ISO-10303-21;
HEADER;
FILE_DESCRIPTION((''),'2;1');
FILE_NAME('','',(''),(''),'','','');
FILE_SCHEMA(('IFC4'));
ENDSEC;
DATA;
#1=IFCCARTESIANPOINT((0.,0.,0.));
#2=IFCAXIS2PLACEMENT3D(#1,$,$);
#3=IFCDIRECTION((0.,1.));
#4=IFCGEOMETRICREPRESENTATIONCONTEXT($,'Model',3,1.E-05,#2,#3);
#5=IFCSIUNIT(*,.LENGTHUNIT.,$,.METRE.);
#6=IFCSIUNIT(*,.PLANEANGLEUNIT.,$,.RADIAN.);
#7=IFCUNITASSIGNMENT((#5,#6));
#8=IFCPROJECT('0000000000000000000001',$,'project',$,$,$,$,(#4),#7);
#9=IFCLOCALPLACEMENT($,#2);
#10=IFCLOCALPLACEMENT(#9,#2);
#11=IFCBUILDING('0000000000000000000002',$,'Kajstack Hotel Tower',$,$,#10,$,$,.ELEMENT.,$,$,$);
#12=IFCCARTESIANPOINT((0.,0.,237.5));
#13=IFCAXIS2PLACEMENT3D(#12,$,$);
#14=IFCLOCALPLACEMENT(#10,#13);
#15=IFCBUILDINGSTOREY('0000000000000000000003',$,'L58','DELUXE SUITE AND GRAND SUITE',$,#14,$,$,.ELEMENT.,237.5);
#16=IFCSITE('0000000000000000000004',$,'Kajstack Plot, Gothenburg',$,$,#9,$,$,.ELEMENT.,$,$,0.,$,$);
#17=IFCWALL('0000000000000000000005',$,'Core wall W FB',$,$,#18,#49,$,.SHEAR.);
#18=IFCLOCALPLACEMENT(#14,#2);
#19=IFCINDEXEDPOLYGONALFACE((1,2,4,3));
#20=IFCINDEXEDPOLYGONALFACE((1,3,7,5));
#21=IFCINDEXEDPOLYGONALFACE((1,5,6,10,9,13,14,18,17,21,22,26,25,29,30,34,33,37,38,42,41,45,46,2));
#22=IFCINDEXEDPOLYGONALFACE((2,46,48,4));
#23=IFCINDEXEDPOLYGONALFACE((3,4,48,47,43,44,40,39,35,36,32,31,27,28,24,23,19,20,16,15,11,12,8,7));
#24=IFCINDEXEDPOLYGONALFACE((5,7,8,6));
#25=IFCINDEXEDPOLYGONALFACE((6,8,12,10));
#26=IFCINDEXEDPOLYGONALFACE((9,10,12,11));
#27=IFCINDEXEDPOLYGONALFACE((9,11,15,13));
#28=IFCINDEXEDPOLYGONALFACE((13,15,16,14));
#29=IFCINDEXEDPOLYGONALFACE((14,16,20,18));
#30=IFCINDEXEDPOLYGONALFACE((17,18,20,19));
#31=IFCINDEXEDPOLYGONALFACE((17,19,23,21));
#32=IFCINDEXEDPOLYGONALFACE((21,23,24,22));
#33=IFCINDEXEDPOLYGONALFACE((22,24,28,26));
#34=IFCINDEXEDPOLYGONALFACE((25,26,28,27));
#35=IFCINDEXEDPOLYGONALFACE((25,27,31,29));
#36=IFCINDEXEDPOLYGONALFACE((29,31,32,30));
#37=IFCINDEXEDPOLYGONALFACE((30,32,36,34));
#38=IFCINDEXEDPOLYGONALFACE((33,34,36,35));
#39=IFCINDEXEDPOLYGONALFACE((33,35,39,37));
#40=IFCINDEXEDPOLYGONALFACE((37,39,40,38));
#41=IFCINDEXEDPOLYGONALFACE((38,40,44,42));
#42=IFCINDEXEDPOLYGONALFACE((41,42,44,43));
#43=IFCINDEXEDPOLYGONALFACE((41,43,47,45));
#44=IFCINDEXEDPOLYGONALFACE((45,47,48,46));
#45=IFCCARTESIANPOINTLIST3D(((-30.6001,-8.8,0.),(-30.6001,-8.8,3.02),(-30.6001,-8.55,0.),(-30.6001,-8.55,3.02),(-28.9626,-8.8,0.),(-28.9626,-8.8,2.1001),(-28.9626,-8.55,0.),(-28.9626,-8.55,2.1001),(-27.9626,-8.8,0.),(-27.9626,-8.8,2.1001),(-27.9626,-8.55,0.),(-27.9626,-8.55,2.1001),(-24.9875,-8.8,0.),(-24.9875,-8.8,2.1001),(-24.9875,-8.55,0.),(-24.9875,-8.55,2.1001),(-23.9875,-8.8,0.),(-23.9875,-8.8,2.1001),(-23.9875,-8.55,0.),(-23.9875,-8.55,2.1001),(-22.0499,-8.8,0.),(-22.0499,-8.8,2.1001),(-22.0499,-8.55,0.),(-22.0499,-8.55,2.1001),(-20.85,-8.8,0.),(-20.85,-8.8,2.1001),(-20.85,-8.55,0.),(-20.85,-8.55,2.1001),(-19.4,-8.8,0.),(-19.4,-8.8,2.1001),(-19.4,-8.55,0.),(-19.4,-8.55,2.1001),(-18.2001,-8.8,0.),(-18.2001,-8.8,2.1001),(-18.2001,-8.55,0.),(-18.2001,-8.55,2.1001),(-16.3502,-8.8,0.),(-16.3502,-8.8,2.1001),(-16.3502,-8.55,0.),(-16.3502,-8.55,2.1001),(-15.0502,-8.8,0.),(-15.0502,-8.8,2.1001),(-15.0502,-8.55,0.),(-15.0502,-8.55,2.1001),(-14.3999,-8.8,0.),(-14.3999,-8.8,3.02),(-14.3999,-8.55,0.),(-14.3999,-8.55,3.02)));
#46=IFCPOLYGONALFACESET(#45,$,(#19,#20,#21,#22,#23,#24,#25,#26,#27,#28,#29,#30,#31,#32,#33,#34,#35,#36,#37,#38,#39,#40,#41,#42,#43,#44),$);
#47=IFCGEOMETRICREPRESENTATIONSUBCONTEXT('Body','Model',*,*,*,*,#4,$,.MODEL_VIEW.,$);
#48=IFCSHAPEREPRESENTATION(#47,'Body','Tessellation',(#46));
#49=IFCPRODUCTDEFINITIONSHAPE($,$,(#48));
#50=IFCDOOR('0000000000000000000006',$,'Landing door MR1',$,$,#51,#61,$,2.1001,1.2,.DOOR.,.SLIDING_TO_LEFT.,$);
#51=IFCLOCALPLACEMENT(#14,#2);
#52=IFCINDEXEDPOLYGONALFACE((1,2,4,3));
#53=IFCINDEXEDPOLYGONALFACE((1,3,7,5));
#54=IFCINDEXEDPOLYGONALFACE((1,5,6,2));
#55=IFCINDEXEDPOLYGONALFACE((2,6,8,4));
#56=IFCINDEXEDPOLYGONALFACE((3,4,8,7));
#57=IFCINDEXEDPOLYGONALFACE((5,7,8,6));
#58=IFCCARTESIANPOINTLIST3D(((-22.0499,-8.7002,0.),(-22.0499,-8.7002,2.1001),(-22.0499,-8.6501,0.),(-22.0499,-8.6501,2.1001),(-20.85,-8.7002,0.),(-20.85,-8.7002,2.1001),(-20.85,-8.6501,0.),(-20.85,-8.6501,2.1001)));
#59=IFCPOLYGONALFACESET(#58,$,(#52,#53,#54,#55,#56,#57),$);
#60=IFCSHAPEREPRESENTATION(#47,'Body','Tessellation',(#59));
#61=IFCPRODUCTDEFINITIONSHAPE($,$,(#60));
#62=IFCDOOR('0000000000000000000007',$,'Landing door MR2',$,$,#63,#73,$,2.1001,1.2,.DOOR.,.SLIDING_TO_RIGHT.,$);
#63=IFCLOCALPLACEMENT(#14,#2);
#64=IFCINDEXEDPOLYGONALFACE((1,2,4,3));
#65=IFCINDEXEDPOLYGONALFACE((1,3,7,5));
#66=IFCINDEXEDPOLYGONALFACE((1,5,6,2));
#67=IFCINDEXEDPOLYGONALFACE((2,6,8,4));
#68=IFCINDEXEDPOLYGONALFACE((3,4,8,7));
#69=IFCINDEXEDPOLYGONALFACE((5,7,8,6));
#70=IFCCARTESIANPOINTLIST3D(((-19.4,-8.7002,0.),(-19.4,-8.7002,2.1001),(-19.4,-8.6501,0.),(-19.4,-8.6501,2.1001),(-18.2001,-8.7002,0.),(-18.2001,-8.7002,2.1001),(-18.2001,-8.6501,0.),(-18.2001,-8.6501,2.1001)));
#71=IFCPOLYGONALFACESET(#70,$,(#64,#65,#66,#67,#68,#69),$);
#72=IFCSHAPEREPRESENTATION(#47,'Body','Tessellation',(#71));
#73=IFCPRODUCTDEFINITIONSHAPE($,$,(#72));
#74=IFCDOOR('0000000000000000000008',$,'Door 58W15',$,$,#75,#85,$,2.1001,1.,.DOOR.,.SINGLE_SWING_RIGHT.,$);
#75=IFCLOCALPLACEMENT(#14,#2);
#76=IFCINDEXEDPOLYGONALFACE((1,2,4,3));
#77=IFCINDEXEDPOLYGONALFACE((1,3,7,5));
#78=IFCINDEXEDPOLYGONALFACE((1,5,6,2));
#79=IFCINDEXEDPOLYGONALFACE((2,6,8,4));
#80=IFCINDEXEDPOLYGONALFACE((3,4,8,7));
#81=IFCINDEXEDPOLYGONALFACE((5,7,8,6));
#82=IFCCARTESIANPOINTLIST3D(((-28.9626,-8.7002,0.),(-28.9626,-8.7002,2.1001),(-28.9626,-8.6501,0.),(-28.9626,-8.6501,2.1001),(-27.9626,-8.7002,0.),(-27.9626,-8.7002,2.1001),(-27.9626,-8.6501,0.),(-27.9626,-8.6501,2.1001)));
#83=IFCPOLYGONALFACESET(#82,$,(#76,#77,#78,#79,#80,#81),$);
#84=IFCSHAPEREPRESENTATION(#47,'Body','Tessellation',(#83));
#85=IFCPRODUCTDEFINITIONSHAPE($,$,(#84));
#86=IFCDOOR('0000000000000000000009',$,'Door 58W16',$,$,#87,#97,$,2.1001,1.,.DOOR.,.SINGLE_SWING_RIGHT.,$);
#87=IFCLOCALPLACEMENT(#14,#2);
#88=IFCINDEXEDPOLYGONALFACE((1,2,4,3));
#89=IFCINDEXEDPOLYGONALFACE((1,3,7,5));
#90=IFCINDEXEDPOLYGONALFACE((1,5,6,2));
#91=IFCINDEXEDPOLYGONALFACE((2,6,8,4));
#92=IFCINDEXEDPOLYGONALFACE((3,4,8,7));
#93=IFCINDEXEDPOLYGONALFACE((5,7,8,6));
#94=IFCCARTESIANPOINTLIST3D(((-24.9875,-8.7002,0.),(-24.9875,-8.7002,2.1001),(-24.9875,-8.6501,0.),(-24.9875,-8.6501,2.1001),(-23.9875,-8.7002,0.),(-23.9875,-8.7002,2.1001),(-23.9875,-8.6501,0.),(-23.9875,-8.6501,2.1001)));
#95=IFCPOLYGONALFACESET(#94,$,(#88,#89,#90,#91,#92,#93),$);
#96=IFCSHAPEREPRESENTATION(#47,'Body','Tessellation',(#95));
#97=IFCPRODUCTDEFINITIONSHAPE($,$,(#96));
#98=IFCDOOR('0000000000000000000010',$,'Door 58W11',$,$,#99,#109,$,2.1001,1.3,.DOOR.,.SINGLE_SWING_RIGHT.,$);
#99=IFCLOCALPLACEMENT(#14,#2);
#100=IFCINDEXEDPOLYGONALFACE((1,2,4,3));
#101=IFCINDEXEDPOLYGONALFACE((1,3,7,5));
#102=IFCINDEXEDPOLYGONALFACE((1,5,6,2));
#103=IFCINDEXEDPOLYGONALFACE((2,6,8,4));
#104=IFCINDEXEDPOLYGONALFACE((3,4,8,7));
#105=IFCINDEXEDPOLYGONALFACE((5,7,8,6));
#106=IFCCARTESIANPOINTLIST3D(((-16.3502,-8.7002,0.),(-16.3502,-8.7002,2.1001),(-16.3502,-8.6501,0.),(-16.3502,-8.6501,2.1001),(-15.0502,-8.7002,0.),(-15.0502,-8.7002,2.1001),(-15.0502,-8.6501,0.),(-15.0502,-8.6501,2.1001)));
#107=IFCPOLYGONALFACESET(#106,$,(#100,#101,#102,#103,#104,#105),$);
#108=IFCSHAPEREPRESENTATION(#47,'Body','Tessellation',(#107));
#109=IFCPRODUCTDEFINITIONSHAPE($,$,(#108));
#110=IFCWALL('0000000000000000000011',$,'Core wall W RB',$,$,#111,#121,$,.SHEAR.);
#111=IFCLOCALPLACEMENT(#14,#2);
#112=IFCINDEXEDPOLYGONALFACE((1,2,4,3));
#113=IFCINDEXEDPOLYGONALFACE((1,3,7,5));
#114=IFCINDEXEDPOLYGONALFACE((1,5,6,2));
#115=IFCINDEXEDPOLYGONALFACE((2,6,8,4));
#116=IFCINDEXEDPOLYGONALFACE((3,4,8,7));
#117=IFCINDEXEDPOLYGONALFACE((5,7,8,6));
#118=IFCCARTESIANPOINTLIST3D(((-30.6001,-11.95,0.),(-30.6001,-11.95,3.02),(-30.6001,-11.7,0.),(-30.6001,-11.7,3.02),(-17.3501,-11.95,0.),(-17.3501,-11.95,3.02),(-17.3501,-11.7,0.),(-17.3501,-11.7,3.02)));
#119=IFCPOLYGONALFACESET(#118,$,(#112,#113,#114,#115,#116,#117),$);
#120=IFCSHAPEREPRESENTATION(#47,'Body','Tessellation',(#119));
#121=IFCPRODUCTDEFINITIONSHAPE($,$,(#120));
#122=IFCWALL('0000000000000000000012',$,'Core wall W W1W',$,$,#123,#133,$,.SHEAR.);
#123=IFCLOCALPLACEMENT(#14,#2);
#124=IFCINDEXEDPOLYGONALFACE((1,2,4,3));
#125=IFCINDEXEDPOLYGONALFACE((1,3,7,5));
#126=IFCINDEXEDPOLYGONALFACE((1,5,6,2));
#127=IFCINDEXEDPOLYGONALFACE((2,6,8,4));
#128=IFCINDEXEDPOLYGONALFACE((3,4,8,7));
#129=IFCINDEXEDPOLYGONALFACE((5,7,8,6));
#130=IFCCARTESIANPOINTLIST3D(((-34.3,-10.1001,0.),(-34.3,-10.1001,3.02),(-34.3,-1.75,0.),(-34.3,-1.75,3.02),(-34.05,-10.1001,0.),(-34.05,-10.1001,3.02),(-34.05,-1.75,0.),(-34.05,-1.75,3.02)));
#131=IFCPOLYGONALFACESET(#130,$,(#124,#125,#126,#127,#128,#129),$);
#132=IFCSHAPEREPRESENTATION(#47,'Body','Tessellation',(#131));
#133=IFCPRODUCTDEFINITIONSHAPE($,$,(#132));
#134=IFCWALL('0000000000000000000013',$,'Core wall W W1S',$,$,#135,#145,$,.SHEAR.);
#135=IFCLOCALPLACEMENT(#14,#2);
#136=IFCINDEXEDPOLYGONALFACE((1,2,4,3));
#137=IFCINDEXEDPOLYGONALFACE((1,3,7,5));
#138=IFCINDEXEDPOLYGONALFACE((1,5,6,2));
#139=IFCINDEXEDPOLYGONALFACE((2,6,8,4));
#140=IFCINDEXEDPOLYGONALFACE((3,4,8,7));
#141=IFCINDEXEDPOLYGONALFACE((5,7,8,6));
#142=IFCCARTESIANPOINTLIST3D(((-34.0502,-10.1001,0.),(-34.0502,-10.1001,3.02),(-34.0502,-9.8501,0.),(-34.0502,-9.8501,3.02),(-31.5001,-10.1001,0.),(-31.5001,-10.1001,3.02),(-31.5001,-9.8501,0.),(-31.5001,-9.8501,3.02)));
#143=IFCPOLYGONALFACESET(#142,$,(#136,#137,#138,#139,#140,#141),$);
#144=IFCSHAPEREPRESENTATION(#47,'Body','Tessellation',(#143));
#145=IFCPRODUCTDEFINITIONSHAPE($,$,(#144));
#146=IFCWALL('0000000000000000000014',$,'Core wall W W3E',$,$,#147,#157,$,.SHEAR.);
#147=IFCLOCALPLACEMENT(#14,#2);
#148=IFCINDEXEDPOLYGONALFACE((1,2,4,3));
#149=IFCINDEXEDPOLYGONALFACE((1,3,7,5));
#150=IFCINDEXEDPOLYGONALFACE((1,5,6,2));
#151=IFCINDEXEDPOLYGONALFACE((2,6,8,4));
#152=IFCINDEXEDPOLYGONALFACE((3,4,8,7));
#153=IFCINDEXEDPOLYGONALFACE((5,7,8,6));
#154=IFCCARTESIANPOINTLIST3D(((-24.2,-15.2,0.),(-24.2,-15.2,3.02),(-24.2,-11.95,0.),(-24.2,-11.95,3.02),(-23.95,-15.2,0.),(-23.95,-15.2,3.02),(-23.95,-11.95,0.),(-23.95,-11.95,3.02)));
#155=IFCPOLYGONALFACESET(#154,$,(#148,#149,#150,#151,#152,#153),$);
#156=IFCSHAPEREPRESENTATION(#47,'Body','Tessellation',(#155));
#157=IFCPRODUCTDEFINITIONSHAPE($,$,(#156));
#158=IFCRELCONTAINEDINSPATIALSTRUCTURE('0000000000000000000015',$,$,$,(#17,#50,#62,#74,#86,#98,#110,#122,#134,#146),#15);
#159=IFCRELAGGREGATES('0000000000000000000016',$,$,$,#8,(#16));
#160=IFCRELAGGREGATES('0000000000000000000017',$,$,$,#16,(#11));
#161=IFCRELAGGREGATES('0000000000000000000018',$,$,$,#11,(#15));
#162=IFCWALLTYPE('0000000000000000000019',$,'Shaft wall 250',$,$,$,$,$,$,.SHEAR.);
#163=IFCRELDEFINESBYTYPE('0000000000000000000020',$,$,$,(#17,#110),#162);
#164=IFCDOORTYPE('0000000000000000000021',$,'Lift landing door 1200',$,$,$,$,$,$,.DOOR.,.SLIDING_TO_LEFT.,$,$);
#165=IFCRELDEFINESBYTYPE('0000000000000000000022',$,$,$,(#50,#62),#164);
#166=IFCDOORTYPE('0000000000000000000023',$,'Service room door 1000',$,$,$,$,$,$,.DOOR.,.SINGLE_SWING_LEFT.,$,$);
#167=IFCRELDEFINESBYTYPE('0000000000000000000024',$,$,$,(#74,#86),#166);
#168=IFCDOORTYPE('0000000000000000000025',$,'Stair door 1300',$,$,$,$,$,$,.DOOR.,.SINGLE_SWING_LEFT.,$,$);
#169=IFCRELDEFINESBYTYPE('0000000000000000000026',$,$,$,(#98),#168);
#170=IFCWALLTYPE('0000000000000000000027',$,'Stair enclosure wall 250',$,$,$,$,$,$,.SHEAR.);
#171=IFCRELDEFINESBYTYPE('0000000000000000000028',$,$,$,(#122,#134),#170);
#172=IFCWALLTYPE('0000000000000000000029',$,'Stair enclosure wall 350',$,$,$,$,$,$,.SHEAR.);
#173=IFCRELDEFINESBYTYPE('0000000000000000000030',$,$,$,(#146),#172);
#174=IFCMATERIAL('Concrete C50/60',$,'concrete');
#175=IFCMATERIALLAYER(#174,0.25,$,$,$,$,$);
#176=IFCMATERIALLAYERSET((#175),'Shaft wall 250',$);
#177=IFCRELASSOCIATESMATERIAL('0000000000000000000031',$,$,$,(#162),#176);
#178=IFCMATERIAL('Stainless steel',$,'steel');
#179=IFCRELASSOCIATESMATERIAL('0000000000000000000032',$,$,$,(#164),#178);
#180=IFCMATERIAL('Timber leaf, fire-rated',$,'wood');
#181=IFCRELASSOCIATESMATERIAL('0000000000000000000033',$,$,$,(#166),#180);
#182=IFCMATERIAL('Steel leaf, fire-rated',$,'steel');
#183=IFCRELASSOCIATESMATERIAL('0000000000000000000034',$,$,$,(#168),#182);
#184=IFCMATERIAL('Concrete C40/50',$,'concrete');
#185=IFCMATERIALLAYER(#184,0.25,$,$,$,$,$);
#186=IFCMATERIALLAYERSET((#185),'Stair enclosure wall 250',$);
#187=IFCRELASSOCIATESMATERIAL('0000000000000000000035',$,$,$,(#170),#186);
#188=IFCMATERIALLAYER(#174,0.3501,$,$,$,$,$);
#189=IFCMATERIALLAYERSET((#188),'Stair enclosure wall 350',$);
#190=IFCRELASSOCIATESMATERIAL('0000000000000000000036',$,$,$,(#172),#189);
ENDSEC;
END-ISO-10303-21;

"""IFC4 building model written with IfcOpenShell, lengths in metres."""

from ifc_helpers import new_model, si_unit, direction, frame, frame_2d, origin, place, context, subcontext, project, spatial, rectangle, extrude, material, layer, layer_set, type_object, element, fill, save


model = new_model("IFC4")

# Units and contexts
model_context = context("Model", 3, precision=1e-05, world=origin(), true_north=direction((0.0, 1.0)))
body_context = subcontext(model_context, "Body", "Model", "MODEL_VIEW")
ifc_project = project(units=[si_unit("LENGTHUNIT", "METRE"), si_unit("PLANEANGLEUNIT", "RADIAN")], contexts=[model_context])

# Site, building, storey
site_placement = place(None, origin())
site = spatial("IfcSite", under=ifc_project, at=site_placement, Name="Kajstack Plot, Gothenburg", CompositionType="ELEMENT", RefElevation=0.0)
building_placement = place(site_placement, origin())
building = spatial("IfcBuilding", under=site, at=building_placement, Name="Kajstack Hotel Tower", CompositionType="ELEMENT")
storey_placement = place(building_placement, frame((0.0, 0.0, 237.5)))
storey = spatial("IfcBuildingStorey", under=building, at=storey_placement, Name="L58", Description="DELUXE SUITE AND GRAND SUITE", CompositionType="ELEMENT", Elevation=237.5)

# Shared definitions
ifc_material_1 = material(Name="Concrete C50/60", Category="concrete")
ifc_layer_1 = layer(ifc_material_1, 0.25)
ifc_layer_set_1 = layer_set([ifc_layer_1], Name="Shaft wall 250")
wall_type_1 = type_object("IfcWallType", Name="Shaft wall 250", PredefinedType="SHEAR", material=ifc_layer_set_1)
ifc_material_2 = material(Name="Stainless steel", Category="steel")
door_type_1 = type_object("IfcDoorType", Name="Lift landing door 1200", OperationType="SLIDING_TO_LEFT", PredefinedType="DOOR", material=ifc_material_2)

# Wall, openings, doors
wall_1_placement = place(storey_placement, frame((-30.6001, -8.675, 0.0), z_axis=(0.0, 0.0, 1.0), x_axis=(1.0, 0.0, 0.0)))
wall_1 = element("IfcWall", 1, at=wall_1_placement, inside=storey, type_object=wall_type_1, Name="Core wall W FB", PredefinedType="SHEAR", context=body_context, shape_type="SweptSolid", body=[
    extrude(rectangle(XDim=16.2002, YDim=0.25, at=frame_2d((8.1001, 0.0))), origin(), (0.0, 0.0, 1.0), 3.02),
])
opening_1_placement = place(wall_1_placement, frame((8.55, 0.0, 0.0)))
opening_1 = element("IfcOpeningElement", 2, at=opening_1_placement, cuts=wall_1, PredefinedType="OPENING", context=body_context, shape_type="SweptSolid", body=[
    extrude(rectangle(XDim=1.2, YDim=2.1001, at=frame_2d((0.6001, 1.05))), frame((0.0, 0.135, 0.0), z_axis=(0.0, -1.0, 0.0), x_axis=(1.0, 0.0, 0.0)), (0.0, 0.0, 1.0), 0.27),
])
opening_2_placement = place(wall_1_placement, frame((11.2, 0.0, 0.0)))
opening_2 = element("IfcOpeningElement", 3, at=opening_2_placement, cuts=wall_1, PredefinedType="OPENING", context=body_context, shape_type="SweptSolid", body=[
    extrude(rectangle(XDim=1.2, YDim=2.1001, at=frame_2d((0.6001, 1.05))), frame((0.0, 0.135, 0.0), z_axis=(0.0, -1.0, 0.0), x_axis=(1.0, 0.0, 0.0)), (0.0, 0.0, 1.0), 0.27),
])
opening_3_placement = place(wall_1_placement, frame((14.25, 0.0, 0.0)))
opening_3 = element("IfcOpeningElement", 4, at=opening_3_placement, cuts=wall_1, PredefinedType="OPENING", context=body_context, shape_type="SweptSolid", body=[
    extrude(rectangle(XDim=1.3, YDim=2.1001, at=frame_2d((0.6499, 1.05))), frame((0.0, 0.135, 0.0), z_axis=(0.0, -1.0, 0.0), x_axis=(1.0, 0.0, 0.0)), (0.0, 0.0, 1.0), 0.27),
])
opening_4_placement = place(wall_1_placement, frame((1.6375, 0.0, 0.0)))
opening_4 = element("IfcOpeningElement", 5, at=opening_4_placement, cuts=wall_1, PredefinedType="OPENING", context=body_context, shape_type="SweptSolid", body=[
    extrude(rectangle(XDim=1.0, YDim=2.1001, at=frame_2d((0.5, 1.05))), frame((0.0, 0.135, 0.0), z_axis=(0.0, -1.0, 0.0), x_axis=(1.0, 0.0, 0.0)), (0.0, 0.0, 1.0), 0.27),
])
opening_5_placement = place(wall_1_placement, frame((5.6125, 0.0, 0.0)))
opening_5 = element("IfcOpeningElement", 6, at=opening_5_placement, cuts=wall_1, PredefinedType="OPENING", context=body_context, shape_type="SweptSolid", body=[
    extrude(rectangle(XDim=1.0, YDim=2.1001, at=frame_2d((0.5, 1.05))), frame((0.0, 0.135, 0.0), z_axis=(0.0, -1.0, 0.0), x_axis=(1.0, 0.0, 0.0)), (0.0, 0.0, 1.0), 0.27),
])
door_1_placement = place(opening_1_placement, origin())
door_1 = element("IfcDoor", 7, at=door_1_placement, inside=storey, type_object=door_type_1, Name="Landing door MR1", OperationType="SLIDING_TO_LEFT", OverallHeight=2.1001, OverallWidth=1.2, PredefinedType="DOOR", context=body_context, shape_type="SweptSolid", body=[
    extrude(rectangle(XDim=1.2, YDim=2.1001, at=frame_2d((0.6001, 1.05))), frame((0.0, 0.0249, 0.0), z_axis=(0.0, -1.0, 0.0), x_axis=(1.0, 0.0, 0.0)), (0.0, 0.0, 1.0), 0.05),
])
fill(opening_1, door_1)
door_2_placement = place(opening_2_placement, origin())
door_2 = element("IfcDoor", 8, at=door_2_placement, inside=storey, type_object=door_type_1, Name="Landing door MR2", OperationType="SLIDING_TO_RIGHT", OverallHeight=2.1001, OverallWidth=1.2, PredefinedType="DOOR", context=body_context, shape_type="SweptSolid", body=[
    extrude(rectangle(XDim=1.2, YDim=2.1001, at=frame_2d((0.6001, 1.05))), frame((0.0, 0.0249, 0.0), z_axis=(0.0, -1.0, 0.0), x_axis=(1.0, 0.0, 0.0)), (0.0, 0.0, 1.0), 0.05),
])
fill(opening_2, door_2)
ifc_material_3 = material(Name="Timber leaf, fire-rated", Category="wood")
door_type_2 = type_object("IfcDoorType", Name="Service room door 1000", OperationType="SINGLE_SWING_LEFT", PredefinedType="DOOR", material=ifc_material_3)
door_3_placement = place(opening_4_placement, origin())
door_3 = element("IfcDoor", 9, at=door_3_placement, inside=storey, type_object=door_type_2, Name="Door 58W15", OperationType="SINGLE_SWING_RIGHT", OverallHeight=2.1001, OverallWidth=1.0, PredefinedType="DOOR", context=body_context, shape_type="SweptSolid", body=[
    extrude(rectangle(XDim=1.0, YDim=2.1001, at=frame_2d((0.5, 1.05))), frame((0.0, 0.0249, 0.0), z_axis=(0.0, -1.0, 0.0), x_axis=(1.0, 0.0, 0.0)), (0.0, 0.0, 1.0), 0.05),
])
fill(opening_4, door_3)
door_4_placement = place(opening_5_placement, origin())
door_4 = element("IfcDoor", 10, at=door_4_placement, inside=storey, type_object=door_type_2, Name="Door 58W16", OperationType="SINGLE_SWING_RIGHT", OverallHeight=2.1001, OverallWidth=1.0, PredefinedType="DOOR", context=body_context, shape_type="SweptSolid", body=[
    extrude(rectangle(XDim=1.0, YDim=2.1001, at=frame_2d((0.5, 1.05))), frame((0.0, 0.0249, 0.0), z_axis=(0.0, -1.0, 0.0), x_axis=(1.0, 0.0, 0.0)), (0.0, 0.0, 1.0), 0.05),
])
fill(opening_5, door_4)
ifc_material_4 = material(Name="Steel leaf, fire-rated", Category="steel")
door_type_3 = type_object("IfcDoorType", Name="Stair door 1300", OperationType="SINGLE_SWING_LEFT", PredefinedType="DOOR", material=ifc_material_4)
door_5_placement = place(opening_3_placement, origin())
door_5 = element("IfcDoor", 11, at=door_5_placement, inside=storey, type_object=door_type_3, Name="Door 58W11", OperationType="SINGLE_SWING_RIGHT", OverallHeight=2.1001, OverallWidth=1.3, PredefinedType="DOOR", context=body_context, shape_type="SweptSolid", body=[
    extrude(rectangle(XDim=1.3, YDim=2.1001, at=frame_2d((0.6499, 1.05))), frame((0.0, 0.0249, 0.0), z_axis=(0.0, -1.0, 0.0), x_axis=(1.0, 0.0, 0.0)), (0.0, 0.0, 1.0), 0.05),
])
fill(opening_3, door_5)

# Walls
wall_2_placement = place(storey_placement, frame((-30.6001, -11.825, 0.0), z_axis=(0.0, 0.0, 1.0), x_axis=(1.0, 0.0, 0.0)))
element("IfcWall", 12, at=wall_2_placement, inside=storey, type_object=wall_type_1, Name="Core wall W RB", PredefinedType="SHEAR", context=body_context, shape_type="SweptSolid", body=[
    extrude(rectangle(XDim=13.25, YDim=0.25, at=frame_2d((6.625, 0.0))), origin(), (0.0, 0.0, 1.0), 3.02),
])
ifc_material_5 = material(Name="Concrete C40/50", Category="concrete")
ifc_layer_2 = layer(ifc_material_5, 0.25)
ifc_layer_set_2 = layer_set([ifc_layer_2], Name="Stair enclosure wall 250")
wall_type_2 = type_object("IfcWallType", Name="Stair enclosure wall 250", PredefinedType="SHEAR", material=ifc_layer_set_2)
wall_3_placement = place(storey_placement, frame((-34.175, -10.1001, 0.0), z_axis=(0.0, 0.0, 1.0), x_axis=(0.0, 1.0, 0.0)))
element("IfcWall", 13, at=wall_3_placement, inside=storey, type_object=wall_type_2, Name="Core wall W W1W", PredefinedType="SHEAR", context=body_context, shape_type="SweptSolid", body=[
    extrude(rectangle(XDim=8.3501, YDim=0.25, at=frame_2d((4.175, 0.0))), origin(), (0.0, 0.0, 1.0), 3.02),
])
wall_4_placement = place(storey_placement, frame((-34.05, -9.9751, 0.0), z_axis=(0.0, 0.0, 1.0), x_axis=(1.0, 0.0, 0.0)))
element("IfcWall", 14, at=wall_4_placement, inside=storey, type_object=wall_type_2, Name="Core wall W W1S", PredefinedType="SHEAR", context=body_context, shape_type="SweptSolid", body=[
    extrude(rectangle(XDim=2.55, YDim=0.25, at=frame_2d((1.2749, 0.0))), origin(), (0.0, 0.0, 1.0), 3.02),
])
ifc_layer_3 = layer(ifc_material_1, 0.3501)
ifc_layer_set_3 = layer_set([ifc_layer_3], Name="Stair enclosure wall 350")
wall_type_3 = type_object("IfcWallType", Name="Stair enclosure wall 350", PredefinedType="SHEAR", material=ifc_layer_set_3)
wall_5_placement = place(storey_placement, frame((-24.075, -15.2, 0.0), z_axis=(0.0, 0.0, 1.0), x_axis=(0.0, 1.0, 0.0)))
element("IfcWall", 15, at=wall_5_placement, inside=storey, type_object=wall_type_3, Name="Core wall W W3E", PredefinedType="SHEAR", context=body_context, shape_type="SweptSolid", body=[
    extrude(rectangle(XDim=3.25, YDim=0.25, at=frame_2d((1.625, 0.0))), origin(), (0.0, 0.0, 1.0), 3.02),
])

save(model, "model.ifc")
